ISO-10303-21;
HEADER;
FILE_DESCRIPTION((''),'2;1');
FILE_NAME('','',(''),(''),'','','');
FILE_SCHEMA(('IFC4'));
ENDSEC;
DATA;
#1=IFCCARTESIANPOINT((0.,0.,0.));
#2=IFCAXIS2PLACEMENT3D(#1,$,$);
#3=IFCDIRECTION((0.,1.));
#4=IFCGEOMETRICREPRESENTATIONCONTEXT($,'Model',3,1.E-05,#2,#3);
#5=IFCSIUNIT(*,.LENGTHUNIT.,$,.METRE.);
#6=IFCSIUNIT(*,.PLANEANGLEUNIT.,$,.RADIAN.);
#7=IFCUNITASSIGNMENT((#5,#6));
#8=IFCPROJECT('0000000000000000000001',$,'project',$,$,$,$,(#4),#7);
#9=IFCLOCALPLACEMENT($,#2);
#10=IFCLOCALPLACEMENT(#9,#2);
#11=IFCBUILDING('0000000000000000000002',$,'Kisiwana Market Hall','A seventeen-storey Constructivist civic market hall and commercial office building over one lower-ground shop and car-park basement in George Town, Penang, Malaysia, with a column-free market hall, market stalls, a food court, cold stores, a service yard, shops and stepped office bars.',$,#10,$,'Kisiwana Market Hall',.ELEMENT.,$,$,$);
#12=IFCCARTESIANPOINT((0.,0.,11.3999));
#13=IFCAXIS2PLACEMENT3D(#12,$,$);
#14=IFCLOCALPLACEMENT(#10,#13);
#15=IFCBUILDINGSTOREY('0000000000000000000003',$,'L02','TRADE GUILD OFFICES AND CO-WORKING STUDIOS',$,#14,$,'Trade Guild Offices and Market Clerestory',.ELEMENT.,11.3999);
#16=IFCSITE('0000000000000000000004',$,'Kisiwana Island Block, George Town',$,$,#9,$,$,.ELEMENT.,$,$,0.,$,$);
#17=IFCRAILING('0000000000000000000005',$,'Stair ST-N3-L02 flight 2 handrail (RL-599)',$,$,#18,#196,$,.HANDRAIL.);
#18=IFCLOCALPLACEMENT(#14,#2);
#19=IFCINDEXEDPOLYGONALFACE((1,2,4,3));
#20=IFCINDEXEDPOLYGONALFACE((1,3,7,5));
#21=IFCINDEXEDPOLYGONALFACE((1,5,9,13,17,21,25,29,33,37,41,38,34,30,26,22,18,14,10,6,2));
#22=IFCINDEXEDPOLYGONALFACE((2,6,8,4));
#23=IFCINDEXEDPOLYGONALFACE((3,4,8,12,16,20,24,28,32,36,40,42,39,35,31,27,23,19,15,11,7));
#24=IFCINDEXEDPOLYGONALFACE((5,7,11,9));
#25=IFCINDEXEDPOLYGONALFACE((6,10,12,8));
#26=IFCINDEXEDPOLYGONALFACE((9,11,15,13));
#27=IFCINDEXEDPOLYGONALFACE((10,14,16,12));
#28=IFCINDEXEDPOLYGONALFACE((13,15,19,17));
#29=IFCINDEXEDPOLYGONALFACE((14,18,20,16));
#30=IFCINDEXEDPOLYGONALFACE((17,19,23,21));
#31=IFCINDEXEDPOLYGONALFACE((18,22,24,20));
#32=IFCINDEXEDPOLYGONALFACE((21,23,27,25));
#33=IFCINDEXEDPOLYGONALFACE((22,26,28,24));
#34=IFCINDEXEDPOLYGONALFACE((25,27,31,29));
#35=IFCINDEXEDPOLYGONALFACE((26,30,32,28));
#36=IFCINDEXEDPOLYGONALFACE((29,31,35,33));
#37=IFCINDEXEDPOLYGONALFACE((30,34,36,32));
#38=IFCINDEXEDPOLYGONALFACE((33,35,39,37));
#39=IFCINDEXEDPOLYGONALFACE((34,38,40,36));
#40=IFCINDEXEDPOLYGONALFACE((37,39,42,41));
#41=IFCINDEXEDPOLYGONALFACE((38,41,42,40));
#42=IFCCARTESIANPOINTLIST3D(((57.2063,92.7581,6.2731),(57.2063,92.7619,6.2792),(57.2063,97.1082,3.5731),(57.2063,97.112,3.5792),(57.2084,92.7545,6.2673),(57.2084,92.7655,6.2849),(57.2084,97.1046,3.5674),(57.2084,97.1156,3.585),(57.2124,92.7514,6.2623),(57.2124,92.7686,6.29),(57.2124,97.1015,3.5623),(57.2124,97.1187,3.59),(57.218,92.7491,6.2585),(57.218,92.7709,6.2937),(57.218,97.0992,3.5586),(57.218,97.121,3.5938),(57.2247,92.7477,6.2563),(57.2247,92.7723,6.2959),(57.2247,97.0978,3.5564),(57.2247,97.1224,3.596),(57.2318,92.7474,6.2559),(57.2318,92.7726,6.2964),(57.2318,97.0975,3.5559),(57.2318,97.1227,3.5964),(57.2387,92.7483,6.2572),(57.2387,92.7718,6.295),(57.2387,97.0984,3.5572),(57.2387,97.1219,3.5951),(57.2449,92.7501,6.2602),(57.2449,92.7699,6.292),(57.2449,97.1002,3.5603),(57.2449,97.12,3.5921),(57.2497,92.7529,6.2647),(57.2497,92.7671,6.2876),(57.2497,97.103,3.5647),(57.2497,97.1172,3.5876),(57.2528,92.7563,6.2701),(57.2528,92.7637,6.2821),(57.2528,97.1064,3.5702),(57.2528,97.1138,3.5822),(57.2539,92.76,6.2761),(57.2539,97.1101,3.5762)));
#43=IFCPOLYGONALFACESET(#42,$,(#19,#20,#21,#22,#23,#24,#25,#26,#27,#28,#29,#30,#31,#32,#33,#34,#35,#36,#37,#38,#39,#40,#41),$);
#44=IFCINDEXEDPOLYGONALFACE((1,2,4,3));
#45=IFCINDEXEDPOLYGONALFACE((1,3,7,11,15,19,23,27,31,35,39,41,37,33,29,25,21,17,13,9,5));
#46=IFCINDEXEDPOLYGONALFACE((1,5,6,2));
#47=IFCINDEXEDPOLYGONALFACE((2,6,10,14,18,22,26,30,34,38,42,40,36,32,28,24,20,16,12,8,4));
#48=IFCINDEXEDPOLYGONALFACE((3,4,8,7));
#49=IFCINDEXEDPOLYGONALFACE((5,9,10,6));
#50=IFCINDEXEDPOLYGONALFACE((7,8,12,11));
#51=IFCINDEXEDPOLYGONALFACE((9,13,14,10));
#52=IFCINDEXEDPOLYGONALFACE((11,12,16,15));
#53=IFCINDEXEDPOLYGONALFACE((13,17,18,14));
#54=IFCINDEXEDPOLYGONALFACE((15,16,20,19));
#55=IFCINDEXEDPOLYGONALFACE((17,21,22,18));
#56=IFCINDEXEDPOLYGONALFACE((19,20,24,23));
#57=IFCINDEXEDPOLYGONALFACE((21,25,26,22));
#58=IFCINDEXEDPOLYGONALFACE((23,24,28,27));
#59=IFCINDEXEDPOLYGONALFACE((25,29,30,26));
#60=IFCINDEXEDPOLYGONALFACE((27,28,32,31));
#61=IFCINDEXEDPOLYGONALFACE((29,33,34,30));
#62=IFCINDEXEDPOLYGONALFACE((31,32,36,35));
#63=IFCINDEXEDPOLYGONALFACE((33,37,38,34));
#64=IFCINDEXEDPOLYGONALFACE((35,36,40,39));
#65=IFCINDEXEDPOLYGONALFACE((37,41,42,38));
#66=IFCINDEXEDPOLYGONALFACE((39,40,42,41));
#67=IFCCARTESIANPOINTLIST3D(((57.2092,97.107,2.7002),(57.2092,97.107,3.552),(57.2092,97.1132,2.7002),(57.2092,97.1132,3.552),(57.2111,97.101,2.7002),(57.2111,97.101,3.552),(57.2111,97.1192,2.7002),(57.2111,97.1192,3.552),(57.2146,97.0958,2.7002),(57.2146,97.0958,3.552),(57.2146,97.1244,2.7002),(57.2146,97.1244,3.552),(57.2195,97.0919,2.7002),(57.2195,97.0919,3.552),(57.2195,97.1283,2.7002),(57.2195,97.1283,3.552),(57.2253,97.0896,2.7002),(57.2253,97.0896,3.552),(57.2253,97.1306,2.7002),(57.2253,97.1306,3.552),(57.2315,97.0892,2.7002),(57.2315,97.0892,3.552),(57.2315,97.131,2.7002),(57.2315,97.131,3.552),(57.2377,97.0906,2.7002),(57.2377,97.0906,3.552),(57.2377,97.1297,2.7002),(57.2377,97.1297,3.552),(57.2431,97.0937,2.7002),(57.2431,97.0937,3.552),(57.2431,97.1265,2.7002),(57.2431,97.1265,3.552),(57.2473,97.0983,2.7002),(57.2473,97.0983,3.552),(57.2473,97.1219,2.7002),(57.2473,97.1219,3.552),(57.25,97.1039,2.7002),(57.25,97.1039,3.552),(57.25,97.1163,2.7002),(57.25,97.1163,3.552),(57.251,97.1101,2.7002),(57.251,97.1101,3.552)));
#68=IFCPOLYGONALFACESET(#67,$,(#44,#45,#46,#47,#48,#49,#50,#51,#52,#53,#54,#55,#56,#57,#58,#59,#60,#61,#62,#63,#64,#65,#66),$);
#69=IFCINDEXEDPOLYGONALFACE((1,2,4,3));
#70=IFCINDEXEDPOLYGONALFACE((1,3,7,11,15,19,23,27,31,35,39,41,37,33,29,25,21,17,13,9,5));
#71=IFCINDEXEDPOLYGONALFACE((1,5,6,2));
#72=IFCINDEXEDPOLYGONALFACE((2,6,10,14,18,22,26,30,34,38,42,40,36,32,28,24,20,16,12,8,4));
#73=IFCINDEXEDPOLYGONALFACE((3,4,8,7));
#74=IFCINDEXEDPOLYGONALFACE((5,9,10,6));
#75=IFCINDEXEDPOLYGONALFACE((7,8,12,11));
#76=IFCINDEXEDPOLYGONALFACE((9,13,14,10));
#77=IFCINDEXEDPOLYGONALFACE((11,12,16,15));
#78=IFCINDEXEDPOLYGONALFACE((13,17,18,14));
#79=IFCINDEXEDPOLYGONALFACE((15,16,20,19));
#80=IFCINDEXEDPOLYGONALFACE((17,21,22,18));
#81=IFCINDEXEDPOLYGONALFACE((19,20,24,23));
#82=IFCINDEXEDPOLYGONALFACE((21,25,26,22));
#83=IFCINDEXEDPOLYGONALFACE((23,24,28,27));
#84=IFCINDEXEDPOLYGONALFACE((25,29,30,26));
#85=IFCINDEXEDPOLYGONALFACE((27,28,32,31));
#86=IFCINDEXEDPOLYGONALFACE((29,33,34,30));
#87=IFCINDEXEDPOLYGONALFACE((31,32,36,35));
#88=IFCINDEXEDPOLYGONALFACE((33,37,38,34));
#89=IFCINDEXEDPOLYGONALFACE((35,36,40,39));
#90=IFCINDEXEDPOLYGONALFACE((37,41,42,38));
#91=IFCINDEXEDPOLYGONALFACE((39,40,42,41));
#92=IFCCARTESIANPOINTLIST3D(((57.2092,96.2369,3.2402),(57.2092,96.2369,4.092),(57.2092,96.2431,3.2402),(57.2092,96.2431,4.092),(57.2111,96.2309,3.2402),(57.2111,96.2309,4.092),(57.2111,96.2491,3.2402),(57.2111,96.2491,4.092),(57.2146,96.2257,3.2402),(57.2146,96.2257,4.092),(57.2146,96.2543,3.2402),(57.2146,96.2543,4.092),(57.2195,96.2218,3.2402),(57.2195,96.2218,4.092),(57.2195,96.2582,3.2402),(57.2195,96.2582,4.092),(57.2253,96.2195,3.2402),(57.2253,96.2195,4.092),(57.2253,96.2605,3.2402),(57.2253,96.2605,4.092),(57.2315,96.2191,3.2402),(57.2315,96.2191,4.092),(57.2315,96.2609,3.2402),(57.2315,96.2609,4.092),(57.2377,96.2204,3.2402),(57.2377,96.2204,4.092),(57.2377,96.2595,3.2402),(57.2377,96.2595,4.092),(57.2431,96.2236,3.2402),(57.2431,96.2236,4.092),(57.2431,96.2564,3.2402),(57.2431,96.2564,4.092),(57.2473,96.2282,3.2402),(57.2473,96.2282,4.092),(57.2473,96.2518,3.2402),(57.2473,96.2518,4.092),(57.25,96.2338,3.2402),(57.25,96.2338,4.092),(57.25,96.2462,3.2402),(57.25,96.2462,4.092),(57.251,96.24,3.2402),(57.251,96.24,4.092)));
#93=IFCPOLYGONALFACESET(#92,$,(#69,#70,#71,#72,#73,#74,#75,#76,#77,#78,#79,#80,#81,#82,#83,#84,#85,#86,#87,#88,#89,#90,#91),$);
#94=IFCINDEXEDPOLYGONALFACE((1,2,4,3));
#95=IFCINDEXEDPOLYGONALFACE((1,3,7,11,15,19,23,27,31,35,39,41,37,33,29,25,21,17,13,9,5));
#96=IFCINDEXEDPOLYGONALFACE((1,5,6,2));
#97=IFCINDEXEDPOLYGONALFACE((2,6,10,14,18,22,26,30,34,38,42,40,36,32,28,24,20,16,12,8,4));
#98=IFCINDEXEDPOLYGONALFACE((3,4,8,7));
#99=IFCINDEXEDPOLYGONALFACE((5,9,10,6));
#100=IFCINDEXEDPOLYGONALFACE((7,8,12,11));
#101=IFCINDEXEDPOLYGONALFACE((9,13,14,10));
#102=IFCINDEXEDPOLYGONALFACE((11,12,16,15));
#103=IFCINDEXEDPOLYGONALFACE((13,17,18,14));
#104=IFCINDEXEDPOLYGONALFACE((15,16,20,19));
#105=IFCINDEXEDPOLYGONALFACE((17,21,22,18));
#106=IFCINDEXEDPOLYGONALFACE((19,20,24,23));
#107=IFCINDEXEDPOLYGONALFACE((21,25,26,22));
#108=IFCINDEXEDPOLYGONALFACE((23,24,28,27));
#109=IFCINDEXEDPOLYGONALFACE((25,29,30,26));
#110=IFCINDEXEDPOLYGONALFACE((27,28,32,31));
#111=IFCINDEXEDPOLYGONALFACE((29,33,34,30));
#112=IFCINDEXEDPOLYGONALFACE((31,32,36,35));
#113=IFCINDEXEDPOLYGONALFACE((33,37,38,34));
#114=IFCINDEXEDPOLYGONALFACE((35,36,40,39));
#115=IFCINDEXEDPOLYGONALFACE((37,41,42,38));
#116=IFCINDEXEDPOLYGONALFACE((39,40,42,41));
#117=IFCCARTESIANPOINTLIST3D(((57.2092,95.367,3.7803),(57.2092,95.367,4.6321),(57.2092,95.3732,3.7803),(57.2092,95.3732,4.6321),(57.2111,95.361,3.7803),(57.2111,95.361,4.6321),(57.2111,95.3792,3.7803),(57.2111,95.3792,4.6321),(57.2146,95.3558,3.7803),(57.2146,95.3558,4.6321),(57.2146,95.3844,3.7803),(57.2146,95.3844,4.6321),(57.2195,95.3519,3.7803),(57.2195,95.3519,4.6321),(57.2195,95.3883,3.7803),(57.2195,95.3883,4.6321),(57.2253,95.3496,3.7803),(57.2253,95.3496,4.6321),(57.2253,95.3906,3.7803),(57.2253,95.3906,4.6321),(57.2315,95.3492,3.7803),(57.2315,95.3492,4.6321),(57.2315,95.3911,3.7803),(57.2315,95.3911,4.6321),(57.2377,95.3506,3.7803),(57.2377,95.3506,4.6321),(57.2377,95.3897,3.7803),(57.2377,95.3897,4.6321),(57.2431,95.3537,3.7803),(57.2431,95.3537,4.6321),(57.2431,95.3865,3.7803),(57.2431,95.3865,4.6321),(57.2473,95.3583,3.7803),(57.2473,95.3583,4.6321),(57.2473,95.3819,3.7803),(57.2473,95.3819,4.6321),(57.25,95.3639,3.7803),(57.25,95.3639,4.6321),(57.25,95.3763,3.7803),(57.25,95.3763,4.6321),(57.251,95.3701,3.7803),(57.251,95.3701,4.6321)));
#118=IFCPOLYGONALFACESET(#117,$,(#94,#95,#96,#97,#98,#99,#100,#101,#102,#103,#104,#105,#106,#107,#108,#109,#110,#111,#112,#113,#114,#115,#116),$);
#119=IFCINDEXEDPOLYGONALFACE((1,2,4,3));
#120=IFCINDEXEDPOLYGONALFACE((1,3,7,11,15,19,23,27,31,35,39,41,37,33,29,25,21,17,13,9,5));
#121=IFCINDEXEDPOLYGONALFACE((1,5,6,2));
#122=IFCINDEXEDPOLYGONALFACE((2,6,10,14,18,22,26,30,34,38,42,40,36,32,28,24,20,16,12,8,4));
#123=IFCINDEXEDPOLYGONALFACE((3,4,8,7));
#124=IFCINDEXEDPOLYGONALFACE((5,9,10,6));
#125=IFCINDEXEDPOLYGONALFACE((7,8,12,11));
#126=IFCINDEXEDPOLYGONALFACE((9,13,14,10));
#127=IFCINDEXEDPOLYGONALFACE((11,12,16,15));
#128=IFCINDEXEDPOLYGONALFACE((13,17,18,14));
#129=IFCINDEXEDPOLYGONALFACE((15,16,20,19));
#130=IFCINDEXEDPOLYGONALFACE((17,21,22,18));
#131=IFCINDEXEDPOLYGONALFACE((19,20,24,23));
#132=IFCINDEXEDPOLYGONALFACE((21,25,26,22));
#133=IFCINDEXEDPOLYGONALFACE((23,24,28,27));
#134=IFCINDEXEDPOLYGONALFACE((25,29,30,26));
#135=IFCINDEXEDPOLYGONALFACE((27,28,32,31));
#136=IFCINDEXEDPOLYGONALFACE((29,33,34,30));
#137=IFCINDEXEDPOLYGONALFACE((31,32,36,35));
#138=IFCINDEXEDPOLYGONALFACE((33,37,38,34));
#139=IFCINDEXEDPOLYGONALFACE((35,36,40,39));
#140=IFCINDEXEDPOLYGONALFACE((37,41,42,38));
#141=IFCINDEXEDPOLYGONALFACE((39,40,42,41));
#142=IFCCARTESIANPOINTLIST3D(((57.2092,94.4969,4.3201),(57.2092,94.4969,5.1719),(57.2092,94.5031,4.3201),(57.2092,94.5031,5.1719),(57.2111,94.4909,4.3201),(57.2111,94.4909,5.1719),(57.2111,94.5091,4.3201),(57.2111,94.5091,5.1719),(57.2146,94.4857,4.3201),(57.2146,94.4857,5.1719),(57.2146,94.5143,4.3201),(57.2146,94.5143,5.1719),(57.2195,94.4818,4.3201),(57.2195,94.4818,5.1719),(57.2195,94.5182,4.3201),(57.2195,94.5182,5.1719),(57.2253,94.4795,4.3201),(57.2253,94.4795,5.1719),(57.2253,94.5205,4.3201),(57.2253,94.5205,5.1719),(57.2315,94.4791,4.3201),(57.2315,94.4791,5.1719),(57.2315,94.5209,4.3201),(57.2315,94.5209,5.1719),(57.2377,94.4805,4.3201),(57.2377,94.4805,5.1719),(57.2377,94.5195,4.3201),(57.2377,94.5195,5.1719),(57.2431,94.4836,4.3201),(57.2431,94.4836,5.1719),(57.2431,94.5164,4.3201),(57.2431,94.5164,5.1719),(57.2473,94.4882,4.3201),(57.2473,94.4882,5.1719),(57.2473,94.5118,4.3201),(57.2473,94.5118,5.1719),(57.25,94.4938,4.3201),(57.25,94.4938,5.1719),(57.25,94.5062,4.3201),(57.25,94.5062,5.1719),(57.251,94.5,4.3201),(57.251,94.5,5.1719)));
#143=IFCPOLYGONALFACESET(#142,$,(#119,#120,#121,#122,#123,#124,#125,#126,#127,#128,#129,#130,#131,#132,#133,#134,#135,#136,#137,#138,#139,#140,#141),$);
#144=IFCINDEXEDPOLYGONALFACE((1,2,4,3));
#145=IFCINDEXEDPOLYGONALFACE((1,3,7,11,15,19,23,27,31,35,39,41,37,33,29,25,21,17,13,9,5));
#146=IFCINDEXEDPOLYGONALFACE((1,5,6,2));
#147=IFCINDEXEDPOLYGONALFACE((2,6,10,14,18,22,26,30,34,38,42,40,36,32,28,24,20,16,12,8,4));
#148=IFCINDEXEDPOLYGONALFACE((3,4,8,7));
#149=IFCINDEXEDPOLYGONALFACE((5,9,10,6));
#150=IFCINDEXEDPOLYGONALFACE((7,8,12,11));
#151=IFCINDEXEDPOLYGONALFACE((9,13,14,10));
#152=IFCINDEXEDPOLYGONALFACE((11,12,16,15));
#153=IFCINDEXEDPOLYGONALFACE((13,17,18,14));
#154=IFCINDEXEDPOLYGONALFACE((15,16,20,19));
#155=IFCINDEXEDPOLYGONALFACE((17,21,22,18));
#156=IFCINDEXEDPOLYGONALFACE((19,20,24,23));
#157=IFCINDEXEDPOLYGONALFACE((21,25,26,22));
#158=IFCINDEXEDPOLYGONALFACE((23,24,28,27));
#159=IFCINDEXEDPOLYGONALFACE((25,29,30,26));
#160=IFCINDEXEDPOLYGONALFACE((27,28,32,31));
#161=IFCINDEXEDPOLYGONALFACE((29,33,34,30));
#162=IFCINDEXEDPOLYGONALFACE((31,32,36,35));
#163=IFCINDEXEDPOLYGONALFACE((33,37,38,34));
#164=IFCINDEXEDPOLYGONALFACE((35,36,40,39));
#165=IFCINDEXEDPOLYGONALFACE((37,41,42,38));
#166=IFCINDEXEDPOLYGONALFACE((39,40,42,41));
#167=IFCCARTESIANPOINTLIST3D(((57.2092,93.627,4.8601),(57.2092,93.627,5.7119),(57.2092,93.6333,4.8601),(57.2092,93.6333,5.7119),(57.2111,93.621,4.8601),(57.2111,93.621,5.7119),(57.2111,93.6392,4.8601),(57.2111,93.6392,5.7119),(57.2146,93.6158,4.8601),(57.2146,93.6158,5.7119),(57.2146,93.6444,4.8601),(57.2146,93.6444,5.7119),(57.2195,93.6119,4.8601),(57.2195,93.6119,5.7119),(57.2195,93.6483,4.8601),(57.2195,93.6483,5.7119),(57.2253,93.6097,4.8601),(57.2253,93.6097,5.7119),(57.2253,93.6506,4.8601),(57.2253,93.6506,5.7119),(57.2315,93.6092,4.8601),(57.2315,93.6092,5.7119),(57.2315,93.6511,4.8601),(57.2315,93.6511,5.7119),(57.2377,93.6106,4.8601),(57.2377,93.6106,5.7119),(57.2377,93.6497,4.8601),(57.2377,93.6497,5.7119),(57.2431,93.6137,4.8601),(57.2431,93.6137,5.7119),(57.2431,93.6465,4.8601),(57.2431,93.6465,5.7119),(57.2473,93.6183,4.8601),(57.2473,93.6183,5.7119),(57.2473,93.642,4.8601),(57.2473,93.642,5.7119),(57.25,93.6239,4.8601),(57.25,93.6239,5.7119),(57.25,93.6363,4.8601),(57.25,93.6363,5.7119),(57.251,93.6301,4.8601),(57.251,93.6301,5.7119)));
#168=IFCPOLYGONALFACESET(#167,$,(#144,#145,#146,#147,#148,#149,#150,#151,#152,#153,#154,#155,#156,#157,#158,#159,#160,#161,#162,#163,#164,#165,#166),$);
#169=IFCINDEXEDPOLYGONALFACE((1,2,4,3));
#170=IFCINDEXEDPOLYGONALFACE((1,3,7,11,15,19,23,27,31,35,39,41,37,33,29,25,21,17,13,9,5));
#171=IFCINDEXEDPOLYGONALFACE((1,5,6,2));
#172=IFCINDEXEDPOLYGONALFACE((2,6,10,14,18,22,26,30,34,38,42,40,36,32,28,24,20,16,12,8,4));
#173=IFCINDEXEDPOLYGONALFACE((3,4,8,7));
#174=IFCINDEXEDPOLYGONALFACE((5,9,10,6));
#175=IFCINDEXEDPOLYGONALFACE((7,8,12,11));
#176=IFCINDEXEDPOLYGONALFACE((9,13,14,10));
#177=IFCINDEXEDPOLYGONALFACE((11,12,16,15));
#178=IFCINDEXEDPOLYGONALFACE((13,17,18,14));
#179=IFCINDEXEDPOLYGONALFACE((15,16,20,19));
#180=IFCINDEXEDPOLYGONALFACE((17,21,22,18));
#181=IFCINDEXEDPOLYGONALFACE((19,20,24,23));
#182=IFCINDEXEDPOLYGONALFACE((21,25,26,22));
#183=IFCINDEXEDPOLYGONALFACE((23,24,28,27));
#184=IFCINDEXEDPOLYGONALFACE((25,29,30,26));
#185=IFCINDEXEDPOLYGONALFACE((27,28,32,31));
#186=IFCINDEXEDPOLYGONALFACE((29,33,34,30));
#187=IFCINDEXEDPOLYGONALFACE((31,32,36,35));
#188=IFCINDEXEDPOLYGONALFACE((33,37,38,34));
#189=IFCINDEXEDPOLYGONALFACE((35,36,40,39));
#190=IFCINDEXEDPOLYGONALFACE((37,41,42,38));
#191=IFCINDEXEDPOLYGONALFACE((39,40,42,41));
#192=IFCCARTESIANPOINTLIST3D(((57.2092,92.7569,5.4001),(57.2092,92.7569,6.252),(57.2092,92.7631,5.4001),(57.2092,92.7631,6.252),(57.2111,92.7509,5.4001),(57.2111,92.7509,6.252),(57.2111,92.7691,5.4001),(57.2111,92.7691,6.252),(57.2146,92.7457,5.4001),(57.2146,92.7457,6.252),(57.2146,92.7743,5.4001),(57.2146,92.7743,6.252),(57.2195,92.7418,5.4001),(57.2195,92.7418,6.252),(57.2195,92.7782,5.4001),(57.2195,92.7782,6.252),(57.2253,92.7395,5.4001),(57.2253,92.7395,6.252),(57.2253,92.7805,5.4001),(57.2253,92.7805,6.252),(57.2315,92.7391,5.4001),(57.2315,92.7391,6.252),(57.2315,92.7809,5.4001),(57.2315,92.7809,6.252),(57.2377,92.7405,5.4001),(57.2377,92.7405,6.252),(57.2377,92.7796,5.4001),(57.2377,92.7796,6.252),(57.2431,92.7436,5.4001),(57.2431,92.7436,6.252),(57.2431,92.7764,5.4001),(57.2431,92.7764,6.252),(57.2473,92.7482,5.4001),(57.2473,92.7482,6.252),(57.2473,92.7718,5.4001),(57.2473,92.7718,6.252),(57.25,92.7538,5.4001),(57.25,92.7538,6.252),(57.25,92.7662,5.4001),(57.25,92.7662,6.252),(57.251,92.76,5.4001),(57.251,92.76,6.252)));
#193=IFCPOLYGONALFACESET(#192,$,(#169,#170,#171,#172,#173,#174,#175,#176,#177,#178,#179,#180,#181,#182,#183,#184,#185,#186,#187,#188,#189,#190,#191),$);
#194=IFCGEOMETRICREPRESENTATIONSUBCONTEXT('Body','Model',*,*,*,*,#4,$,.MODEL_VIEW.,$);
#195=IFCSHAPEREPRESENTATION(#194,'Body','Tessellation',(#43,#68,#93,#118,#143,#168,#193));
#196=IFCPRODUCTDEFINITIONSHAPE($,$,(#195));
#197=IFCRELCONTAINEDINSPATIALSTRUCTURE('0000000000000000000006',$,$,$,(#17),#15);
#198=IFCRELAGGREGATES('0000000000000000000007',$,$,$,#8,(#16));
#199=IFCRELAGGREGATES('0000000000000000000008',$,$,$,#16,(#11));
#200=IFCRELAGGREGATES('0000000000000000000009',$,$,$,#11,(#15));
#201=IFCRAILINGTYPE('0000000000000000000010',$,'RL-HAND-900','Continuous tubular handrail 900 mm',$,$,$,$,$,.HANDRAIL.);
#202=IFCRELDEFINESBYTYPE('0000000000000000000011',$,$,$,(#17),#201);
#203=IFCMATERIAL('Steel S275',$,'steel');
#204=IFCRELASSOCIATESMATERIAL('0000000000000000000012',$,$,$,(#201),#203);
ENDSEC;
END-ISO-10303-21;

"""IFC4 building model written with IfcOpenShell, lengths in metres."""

from ifc_helpers import new_model, si_unit, direction, frame, origin, origin_2d, place, context, subcontext, project, spatial, circle, extrude, material, type_object, element, save


model = new_model("IFC4")

# Units and contexts
model_context = context("Model", 3, precision=1e-05, world=origin(), true_north=direction((0.0, 1.0)))
body_context = subcontext(model_context, "Body", "Model", "MODEL_VIEW")
ifc_project = project(units=[si_unit("LENGTHUNIT", "METRE"), si_unit("PLANEANGLEUNIT", "RADIAN")], contexts=[model_context])

# Site, building, storey
site_placement = place(None, origin())
site = spatial("IfcSite", under=ifc_project, at=site_placement, Name="Kisiwana Island Block, George Town", CompositionType="ELEMENT", RefElevation=0.0)
building_placement = place(site_placement, origin())
building = spatial("IfcBuilding", under=site, at=building_placement, Name="Kisiwana Market Hall", Description="A seventeen-storey Constructivist civic market hall and commercial office building over one lower-ground shop and car-park basement in George Town, Penang, Malaysia, with a column-free market hall, market stalls, a food court, cold stores, a service yard, shops and stepped office bars.", LongName="Kisiwana Market Hall", CompositionType="ELEMENT")
storey_placement = place(building_placement, frame((0.0, 0.0, 11.3999)))
storey = spatial("IfcBuildingStorey", under=building, at=storey_placement, Name="L02", Description="TRADE GUILD OFFICES AND CO-WORKING STUDIOS", LongName="Trade Guild Offices and Market Clerestory", CompositionType="ELEMENT", Elevation=11.3999)

# Railing
ifc_material_1 = material(Name="Steel S275", Category="steel")
railing_type_1 = type_object("IfcRailingType", Name="RL-HAND-900", Description="Continuous tubular handrail 900 mm", PredefinedType="HANDRAIL", material=ifc_material_1)
railing_1_placement = place(storey_placement, frame((57.23, 97.1101, 2.7002)))
element("IfcRailing", 1, at=railing_1_placement, inside=storey, type_object=railing_type_1, Name="Stair ST-N3-L02 flight 2 handrail (RL-599)", PredefinedType="HANDRAIL", context=body_context, shape_type="SweptSolid", body=[
    extrude(circle(Radius=0.0239, at=origin_2d()), frame((0.0, 0.0, 0.876), z_axis=(0.0, -0.84965, 0.527347), x_axis=(1.0, 0.0, 0.0)), (0.0, 0.0, 1.0), 5.1199),
    extrude(circle(Radius=0.021, at=origin_2d()), origin(), (0.0, 0.0, 1.0), 0.8518),
    extrude(circle(Radius=0.021, at=origin_2d()), frame((0.0, -0.8701, 0.54)), (0.0, 0.0, 1.0), 0.8518),
    extrude(circle(Radius=0.021, at=origin_2d()), frame((0.0, -1.74, 1.0801)), (0.0, 0.0, 1.0), 0.8518),
    extrude(circle(Radius=0.021, at=origin_2d()), frame((0.0, -2.6101, 1.6199)), (0.0, 0.0, 1.0), 0.8518),
    extrude(circle(Radius=0.021, at=origin_2d()), frame((0.0, -3.48, 2.1599)), (0.0, 0.0, 1.0), 0.8518),
    extrude(circle(Radius=0.021, at=origin_2d()), frame((0.0, -4.3501, 2.7)), (0.0, 0.0, 1.0), 0.8518),
])

save(model, "model.ifc")
